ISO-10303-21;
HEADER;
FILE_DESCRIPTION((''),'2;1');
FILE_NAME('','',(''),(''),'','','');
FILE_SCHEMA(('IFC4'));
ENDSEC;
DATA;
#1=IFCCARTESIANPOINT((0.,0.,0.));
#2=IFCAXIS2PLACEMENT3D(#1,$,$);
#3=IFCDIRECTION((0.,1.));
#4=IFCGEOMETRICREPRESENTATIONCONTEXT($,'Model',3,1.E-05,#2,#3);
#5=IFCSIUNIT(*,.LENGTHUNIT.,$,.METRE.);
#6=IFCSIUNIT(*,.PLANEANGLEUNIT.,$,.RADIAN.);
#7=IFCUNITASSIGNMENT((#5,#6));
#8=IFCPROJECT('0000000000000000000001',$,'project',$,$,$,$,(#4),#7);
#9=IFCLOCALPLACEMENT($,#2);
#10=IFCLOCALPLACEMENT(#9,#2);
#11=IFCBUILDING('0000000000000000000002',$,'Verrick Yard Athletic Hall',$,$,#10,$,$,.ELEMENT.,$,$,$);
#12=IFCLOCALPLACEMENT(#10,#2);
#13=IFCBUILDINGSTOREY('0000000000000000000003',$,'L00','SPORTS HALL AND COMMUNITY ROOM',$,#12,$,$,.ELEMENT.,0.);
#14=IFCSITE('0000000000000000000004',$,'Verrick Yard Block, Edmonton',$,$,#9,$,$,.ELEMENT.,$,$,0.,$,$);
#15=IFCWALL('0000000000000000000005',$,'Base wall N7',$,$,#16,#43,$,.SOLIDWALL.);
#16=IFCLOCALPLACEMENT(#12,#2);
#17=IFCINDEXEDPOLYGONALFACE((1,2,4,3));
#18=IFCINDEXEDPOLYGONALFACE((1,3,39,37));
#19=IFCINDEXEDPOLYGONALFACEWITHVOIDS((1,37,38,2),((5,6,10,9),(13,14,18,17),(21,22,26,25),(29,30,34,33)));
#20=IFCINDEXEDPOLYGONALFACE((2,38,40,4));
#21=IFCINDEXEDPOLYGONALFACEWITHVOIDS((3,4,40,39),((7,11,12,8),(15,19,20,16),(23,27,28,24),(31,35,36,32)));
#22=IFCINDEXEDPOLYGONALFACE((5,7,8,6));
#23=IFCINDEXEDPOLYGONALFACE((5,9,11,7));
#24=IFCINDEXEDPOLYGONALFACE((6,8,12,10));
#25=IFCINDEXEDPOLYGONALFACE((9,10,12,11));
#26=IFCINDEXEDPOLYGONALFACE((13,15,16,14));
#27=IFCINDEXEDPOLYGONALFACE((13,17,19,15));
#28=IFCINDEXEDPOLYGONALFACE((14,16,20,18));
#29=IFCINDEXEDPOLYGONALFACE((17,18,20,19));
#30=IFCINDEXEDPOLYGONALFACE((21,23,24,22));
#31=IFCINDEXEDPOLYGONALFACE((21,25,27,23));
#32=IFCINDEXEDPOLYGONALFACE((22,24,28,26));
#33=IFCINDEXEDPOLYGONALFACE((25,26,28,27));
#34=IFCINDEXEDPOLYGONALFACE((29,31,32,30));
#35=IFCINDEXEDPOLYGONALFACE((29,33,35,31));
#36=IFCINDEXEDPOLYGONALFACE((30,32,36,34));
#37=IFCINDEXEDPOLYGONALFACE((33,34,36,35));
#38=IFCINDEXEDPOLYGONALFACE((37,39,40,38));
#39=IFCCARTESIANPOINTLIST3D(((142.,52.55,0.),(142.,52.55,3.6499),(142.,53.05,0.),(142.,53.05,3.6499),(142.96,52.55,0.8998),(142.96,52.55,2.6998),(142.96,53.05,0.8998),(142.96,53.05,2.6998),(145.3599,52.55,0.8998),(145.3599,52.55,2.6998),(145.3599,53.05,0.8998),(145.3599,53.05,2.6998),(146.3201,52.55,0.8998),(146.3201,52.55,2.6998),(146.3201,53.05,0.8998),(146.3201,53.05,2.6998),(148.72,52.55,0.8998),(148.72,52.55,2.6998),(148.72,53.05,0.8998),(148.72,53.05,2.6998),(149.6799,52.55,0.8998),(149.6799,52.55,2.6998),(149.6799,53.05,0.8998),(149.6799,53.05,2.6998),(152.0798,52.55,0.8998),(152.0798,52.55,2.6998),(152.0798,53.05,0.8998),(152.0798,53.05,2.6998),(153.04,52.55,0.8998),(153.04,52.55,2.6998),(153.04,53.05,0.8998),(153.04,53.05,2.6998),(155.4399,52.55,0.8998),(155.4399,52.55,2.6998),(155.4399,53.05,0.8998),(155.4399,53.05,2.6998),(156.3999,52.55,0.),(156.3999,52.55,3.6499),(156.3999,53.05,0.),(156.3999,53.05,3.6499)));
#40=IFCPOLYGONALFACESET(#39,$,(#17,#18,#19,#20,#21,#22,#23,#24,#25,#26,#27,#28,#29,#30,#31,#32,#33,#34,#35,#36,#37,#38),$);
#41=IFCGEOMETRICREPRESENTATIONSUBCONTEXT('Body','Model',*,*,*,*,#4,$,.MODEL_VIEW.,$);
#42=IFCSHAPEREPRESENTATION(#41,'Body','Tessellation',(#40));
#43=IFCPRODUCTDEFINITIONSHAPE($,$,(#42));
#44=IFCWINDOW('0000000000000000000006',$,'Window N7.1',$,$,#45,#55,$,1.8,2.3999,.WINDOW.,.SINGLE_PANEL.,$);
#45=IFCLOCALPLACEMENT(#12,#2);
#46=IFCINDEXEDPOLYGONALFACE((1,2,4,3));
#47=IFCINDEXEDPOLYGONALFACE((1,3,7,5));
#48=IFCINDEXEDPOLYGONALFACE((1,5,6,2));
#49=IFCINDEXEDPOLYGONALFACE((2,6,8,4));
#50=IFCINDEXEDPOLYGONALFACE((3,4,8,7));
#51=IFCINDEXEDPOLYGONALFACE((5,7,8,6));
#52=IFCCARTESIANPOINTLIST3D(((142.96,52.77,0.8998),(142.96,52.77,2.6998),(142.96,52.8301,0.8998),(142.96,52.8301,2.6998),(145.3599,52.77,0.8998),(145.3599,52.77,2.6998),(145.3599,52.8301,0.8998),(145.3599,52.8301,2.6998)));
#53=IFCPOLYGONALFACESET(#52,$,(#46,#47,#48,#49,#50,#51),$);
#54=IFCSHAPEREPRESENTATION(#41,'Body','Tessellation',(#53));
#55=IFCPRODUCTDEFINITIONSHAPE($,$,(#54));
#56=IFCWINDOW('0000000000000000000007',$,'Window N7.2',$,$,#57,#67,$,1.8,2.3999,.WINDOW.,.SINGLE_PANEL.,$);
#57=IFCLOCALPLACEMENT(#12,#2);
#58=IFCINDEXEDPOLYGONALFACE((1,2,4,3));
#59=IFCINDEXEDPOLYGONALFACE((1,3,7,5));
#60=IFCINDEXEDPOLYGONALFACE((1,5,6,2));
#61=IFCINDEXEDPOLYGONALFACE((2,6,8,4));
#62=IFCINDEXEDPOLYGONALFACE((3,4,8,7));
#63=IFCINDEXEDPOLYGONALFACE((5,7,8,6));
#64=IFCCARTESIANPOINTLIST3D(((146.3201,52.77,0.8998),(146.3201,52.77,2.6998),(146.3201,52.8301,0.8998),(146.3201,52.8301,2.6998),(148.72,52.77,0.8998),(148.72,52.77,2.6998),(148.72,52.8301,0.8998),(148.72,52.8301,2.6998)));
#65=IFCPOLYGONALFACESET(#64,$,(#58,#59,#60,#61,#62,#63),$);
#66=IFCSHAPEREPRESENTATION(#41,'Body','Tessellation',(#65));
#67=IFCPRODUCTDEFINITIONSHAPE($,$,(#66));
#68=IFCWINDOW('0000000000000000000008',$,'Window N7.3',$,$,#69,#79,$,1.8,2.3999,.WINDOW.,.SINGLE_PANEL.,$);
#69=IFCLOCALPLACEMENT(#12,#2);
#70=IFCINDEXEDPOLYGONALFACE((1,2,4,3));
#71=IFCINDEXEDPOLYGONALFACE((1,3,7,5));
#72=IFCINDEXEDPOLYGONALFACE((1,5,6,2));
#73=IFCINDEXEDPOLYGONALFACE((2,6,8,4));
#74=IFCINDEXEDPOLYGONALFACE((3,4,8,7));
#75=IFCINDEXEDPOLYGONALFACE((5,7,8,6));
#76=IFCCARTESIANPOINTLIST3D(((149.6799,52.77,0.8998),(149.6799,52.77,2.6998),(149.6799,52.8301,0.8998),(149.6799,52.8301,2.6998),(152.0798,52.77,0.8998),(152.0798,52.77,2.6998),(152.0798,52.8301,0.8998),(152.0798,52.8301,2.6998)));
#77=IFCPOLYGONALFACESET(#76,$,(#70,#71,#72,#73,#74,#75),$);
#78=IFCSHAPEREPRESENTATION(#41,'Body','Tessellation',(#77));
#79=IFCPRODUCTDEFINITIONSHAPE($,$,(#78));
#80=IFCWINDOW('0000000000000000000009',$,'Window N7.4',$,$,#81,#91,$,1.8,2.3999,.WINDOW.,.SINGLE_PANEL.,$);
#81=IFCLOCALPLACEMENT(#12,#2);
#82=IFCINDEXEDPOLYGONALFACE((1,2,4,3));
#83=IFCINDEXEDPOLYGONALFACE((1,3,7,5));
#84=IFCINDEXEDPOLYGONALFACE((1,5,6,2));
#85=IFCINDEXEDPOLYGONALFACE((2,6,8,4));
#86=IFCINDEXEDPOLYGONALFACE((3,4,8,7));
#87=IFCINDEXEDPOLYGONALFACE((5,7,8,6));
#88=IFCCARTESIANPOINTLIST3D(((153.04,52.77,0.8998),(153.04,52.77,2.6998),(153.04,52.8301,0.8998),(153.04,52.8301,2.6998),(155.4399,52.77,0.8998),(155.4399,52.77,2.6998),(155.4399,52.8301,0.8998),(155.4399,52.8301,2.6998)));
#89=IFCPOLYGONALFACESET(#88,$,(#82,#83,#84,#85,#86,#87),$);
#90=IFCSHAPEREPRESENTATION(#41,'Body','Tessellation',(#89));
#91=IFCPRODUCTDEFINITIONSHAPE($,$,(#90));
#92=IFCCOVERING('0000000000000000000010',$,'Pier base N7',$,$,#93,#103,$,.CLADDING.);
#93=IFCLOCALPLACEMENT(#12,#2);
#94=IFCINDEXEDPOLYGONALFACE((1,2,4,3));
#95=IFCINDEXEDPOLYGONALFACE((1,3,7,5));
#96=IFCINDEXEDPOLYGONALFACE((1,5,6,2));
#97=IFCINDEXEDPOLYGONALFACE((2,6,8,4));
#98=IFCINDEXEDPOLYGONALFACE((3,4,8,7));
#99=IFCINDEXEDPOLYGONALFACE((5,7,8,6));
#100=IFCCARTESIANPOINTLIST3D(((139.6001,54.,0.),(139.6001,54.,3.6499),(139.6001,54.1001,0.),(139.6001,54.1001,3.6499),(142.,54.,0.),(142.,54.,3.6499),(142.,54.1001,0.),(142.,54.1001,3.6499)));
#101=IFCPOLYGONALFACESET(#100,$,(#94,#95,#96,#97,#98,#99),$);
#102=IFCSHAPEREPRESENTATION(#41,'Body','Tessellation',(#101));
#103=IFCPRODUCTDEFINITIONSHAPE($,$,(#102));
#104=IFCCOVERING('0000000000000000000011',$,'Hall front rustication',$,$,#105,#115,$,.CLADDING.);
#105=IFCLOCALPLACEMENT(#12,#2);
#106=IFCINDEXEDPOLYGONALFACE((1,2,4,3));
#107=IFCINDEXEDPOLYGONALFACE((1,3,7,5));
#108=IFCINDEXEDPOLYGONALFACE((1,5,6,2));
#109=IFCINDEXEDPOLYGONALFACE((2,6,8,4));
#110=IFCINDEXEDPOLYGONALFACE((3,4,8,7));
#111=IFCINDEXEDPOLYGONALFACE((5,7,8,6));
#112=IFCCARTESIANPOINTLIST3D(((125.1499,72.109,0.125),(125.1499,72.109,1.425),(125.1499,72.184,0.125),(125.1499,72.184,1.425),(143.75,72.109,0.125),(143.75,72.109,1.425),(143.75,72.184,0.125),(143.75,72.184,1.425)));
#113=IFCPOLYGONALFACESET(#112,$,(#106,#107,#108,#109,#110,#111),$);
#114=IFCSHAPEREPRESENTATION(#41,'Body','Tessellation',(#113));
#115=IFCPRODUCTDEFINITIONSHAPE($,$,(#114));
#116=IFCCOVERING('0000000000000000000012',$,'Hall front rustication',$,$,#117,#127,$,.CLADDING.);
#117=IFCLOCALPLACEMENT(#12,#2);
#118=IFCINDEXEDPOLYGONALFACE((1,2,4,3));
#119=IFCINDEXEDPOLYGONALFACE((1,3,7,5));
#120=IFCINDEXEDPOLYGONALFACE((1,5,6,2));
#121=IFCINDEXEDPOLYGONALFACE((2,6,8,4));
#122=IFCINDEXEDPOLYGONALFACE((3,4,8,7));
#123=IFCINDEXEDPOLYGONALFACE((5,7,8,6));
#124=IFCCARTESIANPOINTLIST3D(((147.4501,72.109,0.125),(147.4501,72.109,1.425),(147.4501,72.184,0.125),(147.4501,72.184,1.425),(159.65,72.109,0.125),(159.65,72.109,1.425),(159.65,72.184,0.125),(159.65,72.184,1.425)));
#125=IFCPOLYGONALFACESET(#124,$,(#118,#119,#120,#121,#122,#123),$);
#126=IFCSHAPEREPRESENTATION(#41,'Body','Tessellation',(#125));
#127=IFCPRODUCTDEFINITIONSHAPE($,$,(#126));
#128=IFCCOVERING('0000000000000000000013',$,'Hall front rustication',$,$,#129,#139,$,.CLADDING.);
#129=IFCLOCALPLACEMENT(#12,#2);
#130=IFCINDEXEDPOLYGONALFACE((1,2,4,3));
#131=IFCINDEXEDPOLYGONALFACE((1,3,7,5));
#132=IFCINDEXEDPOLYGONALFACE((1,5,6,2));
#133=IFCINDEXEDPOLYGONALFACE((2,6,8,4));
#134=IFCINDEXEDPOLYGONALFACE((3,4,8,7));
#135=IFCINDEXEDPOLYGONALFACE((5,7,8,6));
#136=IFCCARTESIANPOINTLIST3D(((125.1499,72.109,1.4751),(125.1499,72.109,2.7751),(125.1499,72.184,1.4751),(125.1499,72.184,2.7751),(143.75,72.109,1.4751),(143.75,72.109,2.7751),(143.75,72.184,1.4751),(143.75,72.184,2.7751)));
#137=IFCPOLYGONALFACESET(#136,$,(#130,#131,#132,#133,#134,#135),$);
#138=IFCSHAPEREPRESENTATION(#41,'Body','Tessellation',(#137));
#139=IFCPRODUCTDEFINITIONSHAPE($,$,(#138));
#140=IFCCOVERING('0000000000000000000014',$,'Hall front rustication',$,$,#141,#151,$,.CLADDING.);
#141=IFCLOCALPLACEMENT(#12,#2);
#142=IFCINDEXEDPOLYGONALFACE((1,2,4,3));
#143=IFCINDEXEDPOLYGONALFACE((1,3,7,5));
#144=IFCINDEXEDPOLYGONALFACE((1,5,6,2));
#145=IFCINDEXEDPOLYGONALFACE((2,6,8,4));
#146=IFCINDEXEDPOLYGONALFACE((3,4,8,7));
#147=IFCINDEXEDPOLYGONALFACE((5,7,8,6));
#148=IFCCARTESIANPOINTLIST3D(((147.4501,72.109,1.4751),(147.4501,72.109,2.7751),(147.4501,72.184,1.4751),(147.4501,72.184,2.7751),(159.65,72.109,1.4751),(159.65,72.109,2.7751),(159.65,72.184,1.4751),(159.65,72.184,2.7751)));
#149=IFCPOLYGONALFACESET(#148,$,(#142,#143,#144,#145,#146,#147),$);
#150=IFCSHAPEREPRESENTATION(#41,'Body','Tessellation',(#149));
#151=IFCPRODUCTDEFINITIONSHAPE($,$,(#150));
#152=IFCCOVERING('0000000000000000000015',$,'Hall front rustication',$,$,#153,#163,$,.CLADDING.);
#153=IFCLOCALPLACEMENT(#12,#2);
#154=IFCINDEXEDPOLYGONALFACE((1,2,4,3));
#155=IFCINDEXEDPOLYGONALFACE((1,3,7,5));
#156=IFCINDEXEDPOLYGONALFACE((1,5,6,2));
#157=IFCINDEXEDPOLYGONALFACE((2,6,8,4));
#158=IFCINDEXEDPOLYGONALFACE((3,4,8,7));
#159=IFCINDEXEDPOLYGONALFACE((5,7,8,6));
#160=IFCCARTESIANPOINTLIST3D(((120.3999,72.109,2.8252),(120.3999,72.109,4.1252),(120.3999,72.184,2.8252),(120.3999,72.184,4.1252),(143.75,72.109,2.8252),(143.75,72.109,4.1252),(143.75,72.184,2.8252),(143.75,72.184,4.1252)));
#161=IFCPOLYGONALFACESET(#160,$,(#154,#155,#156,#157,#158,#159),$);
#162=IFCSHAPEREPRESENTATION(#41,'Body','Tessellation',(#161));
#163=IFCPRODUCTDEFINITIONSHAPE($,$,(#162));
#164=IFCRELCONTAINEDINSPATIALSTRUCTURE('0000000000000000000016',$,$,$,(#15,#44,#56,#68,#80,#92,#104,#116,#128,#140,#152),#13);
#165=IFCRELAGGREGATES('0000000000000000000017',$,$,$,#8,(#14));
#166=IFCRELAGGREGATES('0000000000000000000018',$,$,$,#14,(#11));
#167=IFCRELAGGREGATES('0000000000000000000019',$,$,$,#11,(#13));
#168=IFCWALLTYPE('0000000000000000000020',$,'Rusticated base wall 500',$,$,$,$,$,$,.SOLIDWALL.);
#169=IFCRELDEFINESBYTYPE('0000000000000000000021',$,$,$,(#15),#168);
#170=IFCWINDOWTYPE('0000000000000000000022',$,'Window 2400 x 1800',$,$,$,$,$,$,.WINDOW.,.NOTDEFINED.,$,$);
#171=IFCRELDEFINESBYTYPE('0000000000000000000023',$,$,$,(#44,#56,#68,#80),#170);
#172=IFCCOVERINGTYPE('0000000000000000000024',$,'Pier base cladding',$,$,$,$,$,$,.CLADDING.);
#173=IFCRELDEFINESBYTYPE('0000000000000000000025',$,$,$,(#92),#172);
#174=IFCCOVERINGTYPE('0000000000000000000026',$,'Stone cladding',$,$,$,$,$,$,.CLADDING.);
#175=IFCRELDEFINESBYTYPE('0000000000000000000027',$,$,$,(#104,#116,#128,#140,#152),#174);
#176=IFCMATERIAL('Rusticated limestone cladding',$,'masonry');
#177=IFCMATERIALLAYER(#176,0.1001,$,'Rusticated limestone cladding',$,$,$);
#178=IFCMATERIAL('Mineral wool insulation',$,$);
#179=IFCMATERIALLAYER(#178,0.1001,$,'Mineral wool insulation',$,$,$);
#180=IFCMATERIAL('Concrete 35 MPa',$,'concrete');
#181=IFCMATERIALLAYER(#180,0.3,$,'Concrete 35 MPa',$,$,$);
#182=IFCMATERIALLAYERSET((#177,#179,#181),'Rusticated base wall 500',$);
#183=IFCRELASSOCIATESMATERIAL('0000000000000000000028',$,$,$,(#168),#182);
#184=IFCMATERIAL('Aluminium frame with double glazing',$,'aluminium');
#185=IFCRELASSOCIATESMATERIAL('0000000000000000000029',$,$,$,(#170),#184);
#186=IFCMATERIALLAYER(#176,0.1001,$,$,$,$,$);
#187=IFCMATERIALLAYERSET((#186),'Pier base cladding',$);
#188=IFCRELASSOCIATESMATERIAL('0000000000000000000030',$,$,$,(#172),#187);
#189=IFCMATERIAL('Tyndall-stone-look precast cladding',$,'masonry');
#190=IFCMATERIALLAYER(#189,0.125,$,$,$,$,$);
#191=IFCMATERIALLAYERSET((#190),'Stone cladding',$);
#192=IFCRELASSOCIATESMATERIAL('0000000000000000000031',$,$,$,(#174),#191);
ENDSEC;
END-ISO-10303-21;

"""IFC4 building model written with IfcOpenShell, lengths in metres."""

from ifc_helpers import new_model, si_unit, direction, frame, frame_2d, origin, origin_2d, place, context, subcontext, project, spatial, rectangle, extrude, material, layer, layer_set, type_object, element, fill, save


model = new_model("IFC4")

# Units and contexts
model_context = context("Model", 3, precision=1e-05, world=origin(), true_north=direction((0.0, 1.0)))
body_context = subcontext(model_context, "Body", "Model", "MODEL_VIEW")
ifc_project = project(units=[si_unit("LENGTHUNIT", "METRE"), si_unit("PLANEANGLEUNIT", "RADIAN")], contexts=[model_context])

# Site, building, storey
site_placement = place(None, origin())
site = spatial("IfcSite", under=ifc_project, at=site_placement, Name="Verrick Yard Block, Edmonton", CompositionType="ELEMENT", RefElevation=0.0)
building_placement = place(site_placement, origin())
building = spatial("IfcBuilding", under=site, at=building_placement, Name="Verrick Yard Athletic Hall", CompositionType="ELEMENT")
storey_placement = place(building_placement, origin())
storey = spatial("IfcBuildingStorey", under=building, at=storey_placement, Name="L00", Description="SPORTS HALL AND COMMUNITY ROOM", CompositionType="ELEMENT", Elevation=0.0)

# Shared definitions
ifc_material_1 = material(Name="Concrete 35 MPa", Category="concrete")

# Wall, openings, windows
ifc_material_2 = material(Name="Rusticated limestone cladding", Category="masonry")
ifc_layer_1 = layer(ifc_material_2, 0.1001, Name="Rusticated limestone cladding")
ifc_material_3 = material(Name="Mineral wool insulation")
ifc_layer_2 = layer(ifc_material_3, 0.1001, Name="Mineral wool insulation")
ifc_layer_3 = layer(ifc_material_1, 0.3, Name="Concrete 35 MPa")
ifc_layer_set_1 = layer_set([ifc_layer_1, ifc_layer_2, ifc_layer_3], Name="Rusticated base wall 500")
wall_type = type_object("IfcWallType", Name="Rusticated base wall 500", PredefinedType="SOLIDWALL", material=ifc_layer_set_1)
wall_placement = place(storey_placement, frame((142.0, 52.8, 0.0), z_axis=(0.0, 0.0, 1.0), x_axis=(1.0, 0.0, 0.0)))
wall = element("IfcWall", 1, at=wall_placement, inside=storey, type_object=wall_type, Name="Base wall N7", PredefinedType="SOLIDWALL", context=body_context, shape_type="SweptSolid", body=[
    extrude(rectangle(XDim=14.3999, YDim=0.5, at=frame_2d((7.2, 0.0))), origin(), (0.0, 0.0, 1.0), 3.6499),
])
opening_1_placement = place(wall_placement, frame((0.96, 0.0, 0.8999)))
opening_1 = element("IfcOpeningElement", 2, at=opening_1_placement, cuts=wall, PredefinedType="OPENING", context=body_context, shape_type="SweptSolid", body=[
    extrude(rectangle(XDim=2.3999, YDim=1.8, at=frame_2d((1.2, 0.8999))), frame((0.0, 0.26, 0.0), z_axis=(0.0, -1.0, 0.0), x_axis=(1.0, 0.0, 0.0)), (0.0, 0.0, 1.0), 0.52),
])
opening_2_placement = place(wall_placement, frame((4.3201, 0.0, 0.8999)))
opening_2 = element("IfcOpeningElement", 3, at=opening_2_placement, cuts=wall, PredefinedType="OPENING", context=body_context, shape_type="SweptSolid", body=[
    extrude(rectangle(XDim=2.3999, YDim=1.8, at=frame_2d((1.2, 0.8999))), frame((0.0, 0.26, 0.0), z_axis=(0.0, -1.0, 0.0), x_axis=(1.0, 0.0, 0.0)), (0.0, 0.0, 1.0), 0.52),
])
opening_3_placement = place(wall_placement, frame((7.6799, 0.0, 0.8999)))
opening_3 = element("IfcOpeningElement", 4, at=opening_3_placement, cuts=wall, PredefinedType="OPENING", context=body_context, shape_type="SweptSolid", body=[
    extrude(rectangle(XDim=2.3999, YDim=1.8, at=frame_2d((1.2, 0.8999))), frame((0.0, 0.26, 0.0), z_axis=(0.0, -1.0, 0.0), x_axis=(1.0, 0.0, 0.0)), (0.0, 0.0, 1.0), 0.52),
])
opening_4_placement = place(wall_placement, frame((11.04, 0.0, 0.8999)))
opening_4 = element("IfcOpeningElement", 5, at=opening_4_placement, cuts=wall, PredefinedType="OPENING", context=body_context, shape_type="SweptSolid", body=[
    extrude(rectangle(XDim=2.3999, YDim=1.8, at=frame_2d((1.2, 0.8999))), frame((0.0, 0.26, 0.0), z_axis=(0.0, -1.0, 0.0), x_axis=(1.0, 0.0, 0.0)), (0.0, 0.0, 1.0), 0.52),
])
ifc_material_4 = material(Name="Aluminium frame with double glazing", Category="aluminium")
window_type = type_object("IfcWindowType", Name="Window 2400 x 1800", PartitioningType="NOTDEFINED", PredefinedType="WINDOW", material=ifc_material_4)
window_1_placement = place(opening_1_placement, origin())
window_1 = element("IfcWindow", 6, at=window_1_placement, inside=storey, type_object=window_type, Name="Window N7.1", OverallHeight=1.8, OverallWidth=2.3999, PartitioningType="SINGLE_PANEL", PredefinedType="WINDOW", context=body_context, shape_type="SweptSolid", body=[
    extrude(rectangle(XDim=2.3999, YDim=1.8, at=frame_2d((1.2, 0.8999))), frame((0.0, 0.03, 0.0), z_axis=(0.0, -1.0, 0.0), x_axis=(1.0, 0.0, 0.0)), (0.0, 0.0, 1.0), 0.0601),
])
fill(opening_1, window_1)
window_2_placement = place(opening_2_placement, origin())
window_2 = element("IfcWindow", 7, at=window_2_placement, inside=storey, type_object=window_type, Name="Window N7.2", OverallHeight=1.8, OverallWidth=2.3999, PartitioningType="SINGLE_PANEL", PredefinedType="WINDOW", context=body_context, shape_type="SweptSolid", body=[
    extrude(rectangle(XDim=2.3999, YDim=1.8, at=frame_2d((1.2, 0.8999))), frame((0.0, 0.03, 0.0), z_axis=(0.0, -1.0, 0.0), x_axis=(1.0, 0.0, 0.0)), (0.0, 0.0, 1.0), 0.0601),
])
fill(opening_2, window_2)
window_3_placement = place(opening_3_placement, origin())
window_3 = element("IfcWindow", 8, at=window_3_placement, inside=storey, type_object=window_type, Name="Window N7.3", OverallHeight=1.8, OverallWidth=2.3999, PartitioningType="SINGLE_PANEL", PredefinedType="WINDOW", context=body_context, shape_type="SweptSolid", body=[
    extrude(rectangle(XDim=2.3999, YDim=1.8, at=frame_2d((1.2, 0.8999))), frame((0.0, 0.03, 0.0), z_axis=(0.0, -1.0, 0.0), x_axis=(1.0, 0.0, 0.0)), (0.0, 0.0, 1.0), 0.0601),
])
fill(opening_3, window_3)
window_4_placement = place(opening_4_placement, origin())
window_4 = element("IfcWindow", 9, at=window_4_placement, inside=storey, type_object=window_type, Name="Window N7.4", OverallHeight=1.8, OverallWidth=2.3999, PartitioningType="SINGLE_PANEL", PredefinedType="WINDOW", context=body_context, shape_type="SweptSolid", body=[
    extrude(rectangle(XDim=2.3999, YDim=1.8, at=frame_2d((1.2, 0.8999))), frame((0.0, 0.03, 0.0), z_axis=(0.0, -1.0, 0.0), x_axis=(1.0, 0.0, 0.0)), (0.0, 0.0, 1.0), 0.0601),
])
fill(opening_4, window_4)

# Coverings
ifc_layer_4 = layer(ifc_material_2, 0.1001)
ifc_layer_set_2 = layer_set([ifc_layer_4], Name="Pier base cladding")
covering_type_1 = type_object("IfcCoveringType", Name="Pier base cladding", PredefinedType="CLADDING", material=ifc_layer_set_2)
covering_1_placement = place(storey_placement, frame((140.8, 54.05, 0.0), z_axis=(0.0, 0.0, 1.0), x_axis=(1.0, 0.0, 0.0)))
element("IfcCovering", 10, at=covering_1_placement, inside=storey, type_object=covering_type_1, Name="Pier base N7", PredefinedType="CLADDING", context=body_context, shape_type="SweptSolid", body=[
    extrude(rectangle(XDim=2.3999, YDim=0.1001, at=origin_2d()), origin(), (0.0, 0.0, 1.0), 3.6499),
])
ifc_material_5 = material(Name="Tyndall-stone-look precast cladding", Category="masonry")
ifc_layer_5 = layer(ifc_material_5, 0.125)
ifc_layer_set_3 = layer_set([ifc_layer_5], Name="Stone cladding")
covering_type_2 = type_object("IfcCoveringType", Name="Stone cladding", PredefinedType="CLADDING", material=ifc_layer_set_3)
covering_2_placement = place(storey_placement, frame((134.45, 72.1465, 0.125), z_axis=(0.0, 0.0, 1.0), x_axis=(1.0, 0.0, 0.0)))
element("IfcCovering", 11, at=covering_2_placement, inside=storey, type_object=covering_type_2, Name="Hall front rustication", PredefinedType="CLADDING", context=body_context, shape_type="SweptSolid", body=[
    extrude(rectangle(XDim=18.6001, YDim=0.075, at=origin_2d()), origin(), (0.0, 0.0, 1.0), 1.3),
])
covering_3_placement = place(storey_placement, frame((153.55, 72.1465, 0.125), z_axis=(0.0, 0.0, 1.0), x_axis=(1.0, 0.0, 0.0)))
element("IfcCovering", 12, at=covering_3_placement, inside=storey, type_object=covering_type_2, Name="Hall front rustication", PredefinedType="CLADDING", context=body_context, shape_type="SweptSolid", body=[
    extrude(rectangle(XDim=12.2, YDim=0.075, at=origin_2d()), origin(), (0.0, 0.0, 1.0), 1.3),
])
covering_4_placement = place(storey_placement, frame((134.45, 72.1465, 1.4751), z_axis=(0.0, 0.0, 1.0), x_axis=(1.0, 0.0, 0.0)))
element("IfcCovering", 13, at=covering_4_placement, inside=storey, type_object=covering_type_2, Name="Hall front rustication", PredefinedType="CLADDING", context=body_context, shape_type="SweptSolid", body=[
    extrude(rectangle(XDim=18.6001, YDim=0.075, at=origin_2d()), origin(), (0.0, 0.0, 1.0), 1.3),
])
covering_5_placement = place(storey_placement, frame((153.55, 72.1465, 1.4751), z_axis=(0.0, 0.0, 1.0), x_axis=(1.0, 0.0, 0.0)))
element("IfcCovering", 14, at=covering_5_placement, inside=storey, type_object=covering_type_2, Name="Hall front rustication", PredefinedType="CLADDING", context=body_context, shape_type="SweptSolid", body=[
    extrude(rectangle(XDim=12.2, YDim=0.075, at=origin_2d()), origin(), (0.0, 0.0, 1.0), 1.3),
])
covering_6_placement = place(storey_placement, frame((132.075, 72.1465, 2.8252), z_axis=(0.0, 0.0, 1.0), x_axis=(1.0, 0.0, 0.0)))
element("IfcCovering", 15, at=covering_6_placement, inside=storey, type_object=covering_type_2, Name="Hall front rustication", PredefinedType="CLADDING", context=body_context, shape_type="SweptSolid", body=[
    extrude(rectangle(XDim=23.3501, YDim=0.075, at=origin_2d()), origin(), (0.0, 0.0, 1.0), 1.3),
])

save(model, "model.ifc")
